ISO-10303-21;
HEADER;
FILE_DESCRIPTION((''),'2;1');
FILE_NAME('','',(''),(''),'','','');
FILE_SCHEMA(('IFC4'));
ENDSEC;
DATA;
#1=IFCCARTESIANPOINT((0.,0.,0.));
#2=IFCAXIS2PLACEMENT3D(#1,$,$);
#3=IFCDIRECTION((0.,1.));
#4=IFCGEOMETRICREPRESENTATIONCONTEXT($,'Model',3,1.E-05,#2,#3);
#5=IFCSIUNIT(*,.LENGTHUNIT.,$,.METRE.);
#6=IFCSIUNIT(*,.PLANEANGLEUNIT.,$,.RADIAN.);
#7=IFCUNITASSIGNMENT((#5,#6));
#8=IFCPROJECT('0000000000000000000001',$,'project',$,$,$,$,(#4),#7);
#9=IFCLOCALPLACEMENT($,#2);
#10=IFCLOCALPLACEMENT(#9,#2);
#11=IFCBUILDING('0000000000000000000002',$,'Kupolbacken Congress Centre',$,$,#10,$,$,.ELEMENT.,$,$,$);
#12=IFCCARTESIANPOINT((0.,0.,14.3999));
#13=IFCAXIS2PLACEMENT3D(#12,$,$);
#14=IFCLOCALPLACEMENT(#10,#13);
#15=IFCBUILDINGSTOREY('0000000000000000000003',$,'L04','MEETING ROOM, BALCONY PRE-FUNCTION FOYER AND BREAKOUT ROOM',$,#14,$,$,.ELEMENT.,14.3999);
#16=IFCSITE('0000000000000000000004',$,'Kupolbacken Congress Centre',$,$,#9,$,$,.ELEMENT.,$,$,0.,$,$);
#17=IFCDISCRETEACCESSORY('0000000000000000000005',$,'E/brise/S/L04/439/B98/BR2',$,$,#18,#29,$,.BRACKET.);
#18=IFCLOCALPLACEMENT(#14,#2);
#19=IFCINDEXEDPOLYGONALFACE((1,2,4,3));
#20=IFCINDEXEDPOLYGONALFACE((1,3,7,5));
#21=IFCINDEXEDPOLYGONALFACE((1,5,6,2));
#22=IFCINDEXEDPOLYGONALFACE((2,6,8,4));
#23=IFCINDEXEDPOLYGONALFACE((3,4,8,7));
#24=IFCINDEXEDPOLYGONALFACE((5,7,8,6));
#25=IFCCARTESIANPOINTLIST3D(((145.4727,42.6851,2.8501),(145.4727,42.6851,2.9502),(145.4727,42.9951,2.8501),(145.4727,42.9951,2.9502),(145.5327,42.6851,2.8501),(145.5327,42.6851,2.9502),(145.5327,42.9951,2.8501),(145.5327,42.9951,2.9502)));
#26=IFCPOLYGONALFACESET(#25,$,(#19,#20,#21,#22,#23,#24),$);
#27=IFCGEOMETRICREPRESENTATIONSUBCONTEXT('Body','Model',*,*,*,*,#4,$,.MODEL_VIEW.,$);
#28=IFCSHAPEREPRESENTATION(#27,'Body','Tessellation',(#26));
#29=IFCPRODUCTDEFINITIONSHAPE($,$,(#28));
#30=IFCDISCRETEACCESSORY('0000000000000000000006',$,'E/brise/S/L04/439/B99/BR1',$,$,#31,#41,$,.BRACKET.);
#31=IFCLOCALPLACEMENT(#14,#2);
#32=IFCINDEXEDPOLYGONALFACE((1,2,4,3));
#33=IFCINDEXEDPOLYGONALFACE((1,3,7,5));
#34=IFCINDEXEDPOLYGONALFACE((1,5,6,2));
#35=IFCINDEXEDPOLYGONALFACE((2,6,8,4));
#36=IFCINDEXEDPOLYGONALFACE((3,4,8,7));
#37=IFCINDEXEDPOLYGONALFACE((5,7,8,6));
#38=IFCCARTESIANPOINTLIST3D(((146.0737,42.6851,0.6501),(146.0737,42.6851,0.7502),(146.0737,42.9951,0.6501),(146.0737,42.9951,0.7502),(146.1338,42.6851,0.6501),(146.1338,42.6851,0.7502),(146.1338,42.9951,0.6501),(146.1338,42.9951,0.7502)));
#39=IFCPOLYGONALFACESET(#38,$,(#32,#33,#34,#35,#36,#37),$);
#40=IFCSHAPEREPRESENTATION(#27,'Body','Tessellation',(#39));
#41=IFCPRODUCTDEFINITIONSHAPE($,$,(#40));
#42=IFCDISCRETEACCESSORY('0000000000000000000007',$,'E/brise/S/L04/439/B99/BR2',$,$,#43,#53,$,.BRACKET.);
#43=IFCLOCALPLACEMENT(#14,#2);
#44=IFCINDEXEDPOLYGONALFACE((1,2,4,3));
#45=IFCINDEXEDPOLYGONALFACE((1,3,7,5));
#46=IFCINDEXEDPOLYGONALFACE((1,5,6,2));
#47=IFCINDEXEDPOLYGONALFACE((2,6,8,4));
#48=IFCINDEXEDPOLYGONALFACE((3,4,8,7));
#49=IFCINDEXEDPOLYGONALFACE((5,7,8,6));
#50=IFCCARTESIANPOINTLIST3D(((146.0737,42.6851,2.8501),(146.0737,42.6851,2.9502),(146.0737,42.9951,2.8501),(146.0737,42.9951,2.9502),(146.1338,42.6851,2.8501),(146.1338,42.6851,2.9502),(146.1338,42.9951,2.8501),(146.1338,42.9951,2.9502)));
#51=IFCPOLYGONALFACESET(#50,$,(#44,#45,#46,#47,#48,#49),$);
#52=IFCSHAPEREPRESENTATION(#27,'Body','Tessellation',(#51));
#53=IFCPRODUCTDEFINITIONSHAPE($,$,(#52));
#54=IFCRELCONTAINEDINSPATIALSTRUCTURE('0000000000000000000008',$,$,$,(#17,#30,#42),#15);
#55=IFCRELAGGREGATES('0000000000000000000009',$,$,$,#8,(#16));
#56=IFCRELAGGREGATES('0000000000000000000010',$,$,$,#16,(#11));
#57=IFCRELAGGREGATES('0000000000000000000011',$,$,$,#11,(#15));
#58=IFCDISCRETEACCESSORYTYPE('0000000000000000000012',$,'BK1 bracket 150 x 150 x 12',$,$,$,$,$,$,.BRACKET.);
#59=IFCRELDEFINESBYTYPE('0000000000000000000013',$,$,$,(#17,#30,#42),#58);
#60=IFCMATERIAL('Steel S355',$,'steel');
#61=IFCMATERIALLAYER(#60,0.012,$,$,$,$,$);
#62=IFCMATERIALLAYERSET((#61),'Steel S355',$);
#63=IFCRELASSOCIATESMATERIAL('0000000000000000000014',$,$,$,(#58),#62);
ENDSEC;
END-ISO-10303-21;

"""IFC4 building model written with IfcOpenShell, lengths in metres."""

from ifc_helpers import new_model, si_unit, direction, frame, origin, origin_2d, place, context, subcontext, project, spatial, rectangle, extrude, material, layer, layer_set, type_object, element, save


model = new_model("IFC4")

# Units and contexts
model_context = context("Model", 3, precision=1e-05, world=origin(), true_north=direction((0.0, 1.0)))
body_context = subcontext(model_context, "Body", "Model", "MODEL_VIEW")
ifc_project = project(units=[si_unit("LENGTHUNIT", "METRE"), si_unit("PLANEANGLEUNIT", "RADIAN")], contexts=[model_context])

# Site, building, storey
site_placement = place(None, origin())
site = spatial("IfcSite", under=ifc_project, at=site_placement, Name="Kupolbacken Congress Centre", CompositionType="ELEMENT", RefElevation=0.0)
building_placement = place(site_placement, origin())
building = spatial("IfcBuilding", under=site, at=building_placement, Name="Kupolbacken Congress Centre", CompositionType="ELEMENT")
storey_placement = place(building_placement, frame((0.0, 0.0, 14.3999)))
storey = spatial("IfcBuildingStorey", under=building, at=storey_placement, Name="L04", Description="MEETING ROOM, BALCONY PRE-FUNCTION FOYER AND BREAKOUT ROOM", CompositionType="ELEMENT", Elevation=14.3999)

# Discrete accessories
ifc_material_1 = material(Name="Steel S355", Category="steel")
ifc_layer_1 = layer(ifc_material_1, 0.012)
ifc_layer_set_1 = layer_set([ifc_layer_1], Name="Steel S355")
discrete_accessory_type = type_object("IfcDiscreteAccessoryType", Name="BK1 bracket 150 x 150 x 12", PredefinedType="BRACKET", material=ifc_layer_set_1)
for number, where, z_axis, x_axis, name in (
    (1, (145.5027, 42.8401, 2.8501), (0.0, 0.0, 1.0), (1.0, 0.0, 0.0), "E/brise/S/L04/439/B98/BR2"),
    (2, (146.1038, 42.8401, 0.6501), (0.0, 0.0, 1.0), (1.0, 0.0, 0.0), "E/brise/S/L04/439/B99/BR1"),
    (3, (146.1038, 42.8401, 2.8501), (0.0, 0.0, 1.0), (1.0, 0.0, 0.0), "E/brise/S/L04/439/B99/BR2"),
):
    element("IfcDiscreteAccessory", number, at=place(storey_placement, frame(where, z_axis=z_axis, x_axis=x_axis)), inside=storey, type_object=discrete_accessory_type, Name=name, PredefinedType="BRACKET", context=body_context, shape_type="SweptSolid", body=[
        extrude(rectangle(XDim=0.0601, YDim=0.3101, at=origin_2d()), origin(), (0.0, 0.0, 1.0), 0.1001),
    ])

save(model, "model.ifc")
